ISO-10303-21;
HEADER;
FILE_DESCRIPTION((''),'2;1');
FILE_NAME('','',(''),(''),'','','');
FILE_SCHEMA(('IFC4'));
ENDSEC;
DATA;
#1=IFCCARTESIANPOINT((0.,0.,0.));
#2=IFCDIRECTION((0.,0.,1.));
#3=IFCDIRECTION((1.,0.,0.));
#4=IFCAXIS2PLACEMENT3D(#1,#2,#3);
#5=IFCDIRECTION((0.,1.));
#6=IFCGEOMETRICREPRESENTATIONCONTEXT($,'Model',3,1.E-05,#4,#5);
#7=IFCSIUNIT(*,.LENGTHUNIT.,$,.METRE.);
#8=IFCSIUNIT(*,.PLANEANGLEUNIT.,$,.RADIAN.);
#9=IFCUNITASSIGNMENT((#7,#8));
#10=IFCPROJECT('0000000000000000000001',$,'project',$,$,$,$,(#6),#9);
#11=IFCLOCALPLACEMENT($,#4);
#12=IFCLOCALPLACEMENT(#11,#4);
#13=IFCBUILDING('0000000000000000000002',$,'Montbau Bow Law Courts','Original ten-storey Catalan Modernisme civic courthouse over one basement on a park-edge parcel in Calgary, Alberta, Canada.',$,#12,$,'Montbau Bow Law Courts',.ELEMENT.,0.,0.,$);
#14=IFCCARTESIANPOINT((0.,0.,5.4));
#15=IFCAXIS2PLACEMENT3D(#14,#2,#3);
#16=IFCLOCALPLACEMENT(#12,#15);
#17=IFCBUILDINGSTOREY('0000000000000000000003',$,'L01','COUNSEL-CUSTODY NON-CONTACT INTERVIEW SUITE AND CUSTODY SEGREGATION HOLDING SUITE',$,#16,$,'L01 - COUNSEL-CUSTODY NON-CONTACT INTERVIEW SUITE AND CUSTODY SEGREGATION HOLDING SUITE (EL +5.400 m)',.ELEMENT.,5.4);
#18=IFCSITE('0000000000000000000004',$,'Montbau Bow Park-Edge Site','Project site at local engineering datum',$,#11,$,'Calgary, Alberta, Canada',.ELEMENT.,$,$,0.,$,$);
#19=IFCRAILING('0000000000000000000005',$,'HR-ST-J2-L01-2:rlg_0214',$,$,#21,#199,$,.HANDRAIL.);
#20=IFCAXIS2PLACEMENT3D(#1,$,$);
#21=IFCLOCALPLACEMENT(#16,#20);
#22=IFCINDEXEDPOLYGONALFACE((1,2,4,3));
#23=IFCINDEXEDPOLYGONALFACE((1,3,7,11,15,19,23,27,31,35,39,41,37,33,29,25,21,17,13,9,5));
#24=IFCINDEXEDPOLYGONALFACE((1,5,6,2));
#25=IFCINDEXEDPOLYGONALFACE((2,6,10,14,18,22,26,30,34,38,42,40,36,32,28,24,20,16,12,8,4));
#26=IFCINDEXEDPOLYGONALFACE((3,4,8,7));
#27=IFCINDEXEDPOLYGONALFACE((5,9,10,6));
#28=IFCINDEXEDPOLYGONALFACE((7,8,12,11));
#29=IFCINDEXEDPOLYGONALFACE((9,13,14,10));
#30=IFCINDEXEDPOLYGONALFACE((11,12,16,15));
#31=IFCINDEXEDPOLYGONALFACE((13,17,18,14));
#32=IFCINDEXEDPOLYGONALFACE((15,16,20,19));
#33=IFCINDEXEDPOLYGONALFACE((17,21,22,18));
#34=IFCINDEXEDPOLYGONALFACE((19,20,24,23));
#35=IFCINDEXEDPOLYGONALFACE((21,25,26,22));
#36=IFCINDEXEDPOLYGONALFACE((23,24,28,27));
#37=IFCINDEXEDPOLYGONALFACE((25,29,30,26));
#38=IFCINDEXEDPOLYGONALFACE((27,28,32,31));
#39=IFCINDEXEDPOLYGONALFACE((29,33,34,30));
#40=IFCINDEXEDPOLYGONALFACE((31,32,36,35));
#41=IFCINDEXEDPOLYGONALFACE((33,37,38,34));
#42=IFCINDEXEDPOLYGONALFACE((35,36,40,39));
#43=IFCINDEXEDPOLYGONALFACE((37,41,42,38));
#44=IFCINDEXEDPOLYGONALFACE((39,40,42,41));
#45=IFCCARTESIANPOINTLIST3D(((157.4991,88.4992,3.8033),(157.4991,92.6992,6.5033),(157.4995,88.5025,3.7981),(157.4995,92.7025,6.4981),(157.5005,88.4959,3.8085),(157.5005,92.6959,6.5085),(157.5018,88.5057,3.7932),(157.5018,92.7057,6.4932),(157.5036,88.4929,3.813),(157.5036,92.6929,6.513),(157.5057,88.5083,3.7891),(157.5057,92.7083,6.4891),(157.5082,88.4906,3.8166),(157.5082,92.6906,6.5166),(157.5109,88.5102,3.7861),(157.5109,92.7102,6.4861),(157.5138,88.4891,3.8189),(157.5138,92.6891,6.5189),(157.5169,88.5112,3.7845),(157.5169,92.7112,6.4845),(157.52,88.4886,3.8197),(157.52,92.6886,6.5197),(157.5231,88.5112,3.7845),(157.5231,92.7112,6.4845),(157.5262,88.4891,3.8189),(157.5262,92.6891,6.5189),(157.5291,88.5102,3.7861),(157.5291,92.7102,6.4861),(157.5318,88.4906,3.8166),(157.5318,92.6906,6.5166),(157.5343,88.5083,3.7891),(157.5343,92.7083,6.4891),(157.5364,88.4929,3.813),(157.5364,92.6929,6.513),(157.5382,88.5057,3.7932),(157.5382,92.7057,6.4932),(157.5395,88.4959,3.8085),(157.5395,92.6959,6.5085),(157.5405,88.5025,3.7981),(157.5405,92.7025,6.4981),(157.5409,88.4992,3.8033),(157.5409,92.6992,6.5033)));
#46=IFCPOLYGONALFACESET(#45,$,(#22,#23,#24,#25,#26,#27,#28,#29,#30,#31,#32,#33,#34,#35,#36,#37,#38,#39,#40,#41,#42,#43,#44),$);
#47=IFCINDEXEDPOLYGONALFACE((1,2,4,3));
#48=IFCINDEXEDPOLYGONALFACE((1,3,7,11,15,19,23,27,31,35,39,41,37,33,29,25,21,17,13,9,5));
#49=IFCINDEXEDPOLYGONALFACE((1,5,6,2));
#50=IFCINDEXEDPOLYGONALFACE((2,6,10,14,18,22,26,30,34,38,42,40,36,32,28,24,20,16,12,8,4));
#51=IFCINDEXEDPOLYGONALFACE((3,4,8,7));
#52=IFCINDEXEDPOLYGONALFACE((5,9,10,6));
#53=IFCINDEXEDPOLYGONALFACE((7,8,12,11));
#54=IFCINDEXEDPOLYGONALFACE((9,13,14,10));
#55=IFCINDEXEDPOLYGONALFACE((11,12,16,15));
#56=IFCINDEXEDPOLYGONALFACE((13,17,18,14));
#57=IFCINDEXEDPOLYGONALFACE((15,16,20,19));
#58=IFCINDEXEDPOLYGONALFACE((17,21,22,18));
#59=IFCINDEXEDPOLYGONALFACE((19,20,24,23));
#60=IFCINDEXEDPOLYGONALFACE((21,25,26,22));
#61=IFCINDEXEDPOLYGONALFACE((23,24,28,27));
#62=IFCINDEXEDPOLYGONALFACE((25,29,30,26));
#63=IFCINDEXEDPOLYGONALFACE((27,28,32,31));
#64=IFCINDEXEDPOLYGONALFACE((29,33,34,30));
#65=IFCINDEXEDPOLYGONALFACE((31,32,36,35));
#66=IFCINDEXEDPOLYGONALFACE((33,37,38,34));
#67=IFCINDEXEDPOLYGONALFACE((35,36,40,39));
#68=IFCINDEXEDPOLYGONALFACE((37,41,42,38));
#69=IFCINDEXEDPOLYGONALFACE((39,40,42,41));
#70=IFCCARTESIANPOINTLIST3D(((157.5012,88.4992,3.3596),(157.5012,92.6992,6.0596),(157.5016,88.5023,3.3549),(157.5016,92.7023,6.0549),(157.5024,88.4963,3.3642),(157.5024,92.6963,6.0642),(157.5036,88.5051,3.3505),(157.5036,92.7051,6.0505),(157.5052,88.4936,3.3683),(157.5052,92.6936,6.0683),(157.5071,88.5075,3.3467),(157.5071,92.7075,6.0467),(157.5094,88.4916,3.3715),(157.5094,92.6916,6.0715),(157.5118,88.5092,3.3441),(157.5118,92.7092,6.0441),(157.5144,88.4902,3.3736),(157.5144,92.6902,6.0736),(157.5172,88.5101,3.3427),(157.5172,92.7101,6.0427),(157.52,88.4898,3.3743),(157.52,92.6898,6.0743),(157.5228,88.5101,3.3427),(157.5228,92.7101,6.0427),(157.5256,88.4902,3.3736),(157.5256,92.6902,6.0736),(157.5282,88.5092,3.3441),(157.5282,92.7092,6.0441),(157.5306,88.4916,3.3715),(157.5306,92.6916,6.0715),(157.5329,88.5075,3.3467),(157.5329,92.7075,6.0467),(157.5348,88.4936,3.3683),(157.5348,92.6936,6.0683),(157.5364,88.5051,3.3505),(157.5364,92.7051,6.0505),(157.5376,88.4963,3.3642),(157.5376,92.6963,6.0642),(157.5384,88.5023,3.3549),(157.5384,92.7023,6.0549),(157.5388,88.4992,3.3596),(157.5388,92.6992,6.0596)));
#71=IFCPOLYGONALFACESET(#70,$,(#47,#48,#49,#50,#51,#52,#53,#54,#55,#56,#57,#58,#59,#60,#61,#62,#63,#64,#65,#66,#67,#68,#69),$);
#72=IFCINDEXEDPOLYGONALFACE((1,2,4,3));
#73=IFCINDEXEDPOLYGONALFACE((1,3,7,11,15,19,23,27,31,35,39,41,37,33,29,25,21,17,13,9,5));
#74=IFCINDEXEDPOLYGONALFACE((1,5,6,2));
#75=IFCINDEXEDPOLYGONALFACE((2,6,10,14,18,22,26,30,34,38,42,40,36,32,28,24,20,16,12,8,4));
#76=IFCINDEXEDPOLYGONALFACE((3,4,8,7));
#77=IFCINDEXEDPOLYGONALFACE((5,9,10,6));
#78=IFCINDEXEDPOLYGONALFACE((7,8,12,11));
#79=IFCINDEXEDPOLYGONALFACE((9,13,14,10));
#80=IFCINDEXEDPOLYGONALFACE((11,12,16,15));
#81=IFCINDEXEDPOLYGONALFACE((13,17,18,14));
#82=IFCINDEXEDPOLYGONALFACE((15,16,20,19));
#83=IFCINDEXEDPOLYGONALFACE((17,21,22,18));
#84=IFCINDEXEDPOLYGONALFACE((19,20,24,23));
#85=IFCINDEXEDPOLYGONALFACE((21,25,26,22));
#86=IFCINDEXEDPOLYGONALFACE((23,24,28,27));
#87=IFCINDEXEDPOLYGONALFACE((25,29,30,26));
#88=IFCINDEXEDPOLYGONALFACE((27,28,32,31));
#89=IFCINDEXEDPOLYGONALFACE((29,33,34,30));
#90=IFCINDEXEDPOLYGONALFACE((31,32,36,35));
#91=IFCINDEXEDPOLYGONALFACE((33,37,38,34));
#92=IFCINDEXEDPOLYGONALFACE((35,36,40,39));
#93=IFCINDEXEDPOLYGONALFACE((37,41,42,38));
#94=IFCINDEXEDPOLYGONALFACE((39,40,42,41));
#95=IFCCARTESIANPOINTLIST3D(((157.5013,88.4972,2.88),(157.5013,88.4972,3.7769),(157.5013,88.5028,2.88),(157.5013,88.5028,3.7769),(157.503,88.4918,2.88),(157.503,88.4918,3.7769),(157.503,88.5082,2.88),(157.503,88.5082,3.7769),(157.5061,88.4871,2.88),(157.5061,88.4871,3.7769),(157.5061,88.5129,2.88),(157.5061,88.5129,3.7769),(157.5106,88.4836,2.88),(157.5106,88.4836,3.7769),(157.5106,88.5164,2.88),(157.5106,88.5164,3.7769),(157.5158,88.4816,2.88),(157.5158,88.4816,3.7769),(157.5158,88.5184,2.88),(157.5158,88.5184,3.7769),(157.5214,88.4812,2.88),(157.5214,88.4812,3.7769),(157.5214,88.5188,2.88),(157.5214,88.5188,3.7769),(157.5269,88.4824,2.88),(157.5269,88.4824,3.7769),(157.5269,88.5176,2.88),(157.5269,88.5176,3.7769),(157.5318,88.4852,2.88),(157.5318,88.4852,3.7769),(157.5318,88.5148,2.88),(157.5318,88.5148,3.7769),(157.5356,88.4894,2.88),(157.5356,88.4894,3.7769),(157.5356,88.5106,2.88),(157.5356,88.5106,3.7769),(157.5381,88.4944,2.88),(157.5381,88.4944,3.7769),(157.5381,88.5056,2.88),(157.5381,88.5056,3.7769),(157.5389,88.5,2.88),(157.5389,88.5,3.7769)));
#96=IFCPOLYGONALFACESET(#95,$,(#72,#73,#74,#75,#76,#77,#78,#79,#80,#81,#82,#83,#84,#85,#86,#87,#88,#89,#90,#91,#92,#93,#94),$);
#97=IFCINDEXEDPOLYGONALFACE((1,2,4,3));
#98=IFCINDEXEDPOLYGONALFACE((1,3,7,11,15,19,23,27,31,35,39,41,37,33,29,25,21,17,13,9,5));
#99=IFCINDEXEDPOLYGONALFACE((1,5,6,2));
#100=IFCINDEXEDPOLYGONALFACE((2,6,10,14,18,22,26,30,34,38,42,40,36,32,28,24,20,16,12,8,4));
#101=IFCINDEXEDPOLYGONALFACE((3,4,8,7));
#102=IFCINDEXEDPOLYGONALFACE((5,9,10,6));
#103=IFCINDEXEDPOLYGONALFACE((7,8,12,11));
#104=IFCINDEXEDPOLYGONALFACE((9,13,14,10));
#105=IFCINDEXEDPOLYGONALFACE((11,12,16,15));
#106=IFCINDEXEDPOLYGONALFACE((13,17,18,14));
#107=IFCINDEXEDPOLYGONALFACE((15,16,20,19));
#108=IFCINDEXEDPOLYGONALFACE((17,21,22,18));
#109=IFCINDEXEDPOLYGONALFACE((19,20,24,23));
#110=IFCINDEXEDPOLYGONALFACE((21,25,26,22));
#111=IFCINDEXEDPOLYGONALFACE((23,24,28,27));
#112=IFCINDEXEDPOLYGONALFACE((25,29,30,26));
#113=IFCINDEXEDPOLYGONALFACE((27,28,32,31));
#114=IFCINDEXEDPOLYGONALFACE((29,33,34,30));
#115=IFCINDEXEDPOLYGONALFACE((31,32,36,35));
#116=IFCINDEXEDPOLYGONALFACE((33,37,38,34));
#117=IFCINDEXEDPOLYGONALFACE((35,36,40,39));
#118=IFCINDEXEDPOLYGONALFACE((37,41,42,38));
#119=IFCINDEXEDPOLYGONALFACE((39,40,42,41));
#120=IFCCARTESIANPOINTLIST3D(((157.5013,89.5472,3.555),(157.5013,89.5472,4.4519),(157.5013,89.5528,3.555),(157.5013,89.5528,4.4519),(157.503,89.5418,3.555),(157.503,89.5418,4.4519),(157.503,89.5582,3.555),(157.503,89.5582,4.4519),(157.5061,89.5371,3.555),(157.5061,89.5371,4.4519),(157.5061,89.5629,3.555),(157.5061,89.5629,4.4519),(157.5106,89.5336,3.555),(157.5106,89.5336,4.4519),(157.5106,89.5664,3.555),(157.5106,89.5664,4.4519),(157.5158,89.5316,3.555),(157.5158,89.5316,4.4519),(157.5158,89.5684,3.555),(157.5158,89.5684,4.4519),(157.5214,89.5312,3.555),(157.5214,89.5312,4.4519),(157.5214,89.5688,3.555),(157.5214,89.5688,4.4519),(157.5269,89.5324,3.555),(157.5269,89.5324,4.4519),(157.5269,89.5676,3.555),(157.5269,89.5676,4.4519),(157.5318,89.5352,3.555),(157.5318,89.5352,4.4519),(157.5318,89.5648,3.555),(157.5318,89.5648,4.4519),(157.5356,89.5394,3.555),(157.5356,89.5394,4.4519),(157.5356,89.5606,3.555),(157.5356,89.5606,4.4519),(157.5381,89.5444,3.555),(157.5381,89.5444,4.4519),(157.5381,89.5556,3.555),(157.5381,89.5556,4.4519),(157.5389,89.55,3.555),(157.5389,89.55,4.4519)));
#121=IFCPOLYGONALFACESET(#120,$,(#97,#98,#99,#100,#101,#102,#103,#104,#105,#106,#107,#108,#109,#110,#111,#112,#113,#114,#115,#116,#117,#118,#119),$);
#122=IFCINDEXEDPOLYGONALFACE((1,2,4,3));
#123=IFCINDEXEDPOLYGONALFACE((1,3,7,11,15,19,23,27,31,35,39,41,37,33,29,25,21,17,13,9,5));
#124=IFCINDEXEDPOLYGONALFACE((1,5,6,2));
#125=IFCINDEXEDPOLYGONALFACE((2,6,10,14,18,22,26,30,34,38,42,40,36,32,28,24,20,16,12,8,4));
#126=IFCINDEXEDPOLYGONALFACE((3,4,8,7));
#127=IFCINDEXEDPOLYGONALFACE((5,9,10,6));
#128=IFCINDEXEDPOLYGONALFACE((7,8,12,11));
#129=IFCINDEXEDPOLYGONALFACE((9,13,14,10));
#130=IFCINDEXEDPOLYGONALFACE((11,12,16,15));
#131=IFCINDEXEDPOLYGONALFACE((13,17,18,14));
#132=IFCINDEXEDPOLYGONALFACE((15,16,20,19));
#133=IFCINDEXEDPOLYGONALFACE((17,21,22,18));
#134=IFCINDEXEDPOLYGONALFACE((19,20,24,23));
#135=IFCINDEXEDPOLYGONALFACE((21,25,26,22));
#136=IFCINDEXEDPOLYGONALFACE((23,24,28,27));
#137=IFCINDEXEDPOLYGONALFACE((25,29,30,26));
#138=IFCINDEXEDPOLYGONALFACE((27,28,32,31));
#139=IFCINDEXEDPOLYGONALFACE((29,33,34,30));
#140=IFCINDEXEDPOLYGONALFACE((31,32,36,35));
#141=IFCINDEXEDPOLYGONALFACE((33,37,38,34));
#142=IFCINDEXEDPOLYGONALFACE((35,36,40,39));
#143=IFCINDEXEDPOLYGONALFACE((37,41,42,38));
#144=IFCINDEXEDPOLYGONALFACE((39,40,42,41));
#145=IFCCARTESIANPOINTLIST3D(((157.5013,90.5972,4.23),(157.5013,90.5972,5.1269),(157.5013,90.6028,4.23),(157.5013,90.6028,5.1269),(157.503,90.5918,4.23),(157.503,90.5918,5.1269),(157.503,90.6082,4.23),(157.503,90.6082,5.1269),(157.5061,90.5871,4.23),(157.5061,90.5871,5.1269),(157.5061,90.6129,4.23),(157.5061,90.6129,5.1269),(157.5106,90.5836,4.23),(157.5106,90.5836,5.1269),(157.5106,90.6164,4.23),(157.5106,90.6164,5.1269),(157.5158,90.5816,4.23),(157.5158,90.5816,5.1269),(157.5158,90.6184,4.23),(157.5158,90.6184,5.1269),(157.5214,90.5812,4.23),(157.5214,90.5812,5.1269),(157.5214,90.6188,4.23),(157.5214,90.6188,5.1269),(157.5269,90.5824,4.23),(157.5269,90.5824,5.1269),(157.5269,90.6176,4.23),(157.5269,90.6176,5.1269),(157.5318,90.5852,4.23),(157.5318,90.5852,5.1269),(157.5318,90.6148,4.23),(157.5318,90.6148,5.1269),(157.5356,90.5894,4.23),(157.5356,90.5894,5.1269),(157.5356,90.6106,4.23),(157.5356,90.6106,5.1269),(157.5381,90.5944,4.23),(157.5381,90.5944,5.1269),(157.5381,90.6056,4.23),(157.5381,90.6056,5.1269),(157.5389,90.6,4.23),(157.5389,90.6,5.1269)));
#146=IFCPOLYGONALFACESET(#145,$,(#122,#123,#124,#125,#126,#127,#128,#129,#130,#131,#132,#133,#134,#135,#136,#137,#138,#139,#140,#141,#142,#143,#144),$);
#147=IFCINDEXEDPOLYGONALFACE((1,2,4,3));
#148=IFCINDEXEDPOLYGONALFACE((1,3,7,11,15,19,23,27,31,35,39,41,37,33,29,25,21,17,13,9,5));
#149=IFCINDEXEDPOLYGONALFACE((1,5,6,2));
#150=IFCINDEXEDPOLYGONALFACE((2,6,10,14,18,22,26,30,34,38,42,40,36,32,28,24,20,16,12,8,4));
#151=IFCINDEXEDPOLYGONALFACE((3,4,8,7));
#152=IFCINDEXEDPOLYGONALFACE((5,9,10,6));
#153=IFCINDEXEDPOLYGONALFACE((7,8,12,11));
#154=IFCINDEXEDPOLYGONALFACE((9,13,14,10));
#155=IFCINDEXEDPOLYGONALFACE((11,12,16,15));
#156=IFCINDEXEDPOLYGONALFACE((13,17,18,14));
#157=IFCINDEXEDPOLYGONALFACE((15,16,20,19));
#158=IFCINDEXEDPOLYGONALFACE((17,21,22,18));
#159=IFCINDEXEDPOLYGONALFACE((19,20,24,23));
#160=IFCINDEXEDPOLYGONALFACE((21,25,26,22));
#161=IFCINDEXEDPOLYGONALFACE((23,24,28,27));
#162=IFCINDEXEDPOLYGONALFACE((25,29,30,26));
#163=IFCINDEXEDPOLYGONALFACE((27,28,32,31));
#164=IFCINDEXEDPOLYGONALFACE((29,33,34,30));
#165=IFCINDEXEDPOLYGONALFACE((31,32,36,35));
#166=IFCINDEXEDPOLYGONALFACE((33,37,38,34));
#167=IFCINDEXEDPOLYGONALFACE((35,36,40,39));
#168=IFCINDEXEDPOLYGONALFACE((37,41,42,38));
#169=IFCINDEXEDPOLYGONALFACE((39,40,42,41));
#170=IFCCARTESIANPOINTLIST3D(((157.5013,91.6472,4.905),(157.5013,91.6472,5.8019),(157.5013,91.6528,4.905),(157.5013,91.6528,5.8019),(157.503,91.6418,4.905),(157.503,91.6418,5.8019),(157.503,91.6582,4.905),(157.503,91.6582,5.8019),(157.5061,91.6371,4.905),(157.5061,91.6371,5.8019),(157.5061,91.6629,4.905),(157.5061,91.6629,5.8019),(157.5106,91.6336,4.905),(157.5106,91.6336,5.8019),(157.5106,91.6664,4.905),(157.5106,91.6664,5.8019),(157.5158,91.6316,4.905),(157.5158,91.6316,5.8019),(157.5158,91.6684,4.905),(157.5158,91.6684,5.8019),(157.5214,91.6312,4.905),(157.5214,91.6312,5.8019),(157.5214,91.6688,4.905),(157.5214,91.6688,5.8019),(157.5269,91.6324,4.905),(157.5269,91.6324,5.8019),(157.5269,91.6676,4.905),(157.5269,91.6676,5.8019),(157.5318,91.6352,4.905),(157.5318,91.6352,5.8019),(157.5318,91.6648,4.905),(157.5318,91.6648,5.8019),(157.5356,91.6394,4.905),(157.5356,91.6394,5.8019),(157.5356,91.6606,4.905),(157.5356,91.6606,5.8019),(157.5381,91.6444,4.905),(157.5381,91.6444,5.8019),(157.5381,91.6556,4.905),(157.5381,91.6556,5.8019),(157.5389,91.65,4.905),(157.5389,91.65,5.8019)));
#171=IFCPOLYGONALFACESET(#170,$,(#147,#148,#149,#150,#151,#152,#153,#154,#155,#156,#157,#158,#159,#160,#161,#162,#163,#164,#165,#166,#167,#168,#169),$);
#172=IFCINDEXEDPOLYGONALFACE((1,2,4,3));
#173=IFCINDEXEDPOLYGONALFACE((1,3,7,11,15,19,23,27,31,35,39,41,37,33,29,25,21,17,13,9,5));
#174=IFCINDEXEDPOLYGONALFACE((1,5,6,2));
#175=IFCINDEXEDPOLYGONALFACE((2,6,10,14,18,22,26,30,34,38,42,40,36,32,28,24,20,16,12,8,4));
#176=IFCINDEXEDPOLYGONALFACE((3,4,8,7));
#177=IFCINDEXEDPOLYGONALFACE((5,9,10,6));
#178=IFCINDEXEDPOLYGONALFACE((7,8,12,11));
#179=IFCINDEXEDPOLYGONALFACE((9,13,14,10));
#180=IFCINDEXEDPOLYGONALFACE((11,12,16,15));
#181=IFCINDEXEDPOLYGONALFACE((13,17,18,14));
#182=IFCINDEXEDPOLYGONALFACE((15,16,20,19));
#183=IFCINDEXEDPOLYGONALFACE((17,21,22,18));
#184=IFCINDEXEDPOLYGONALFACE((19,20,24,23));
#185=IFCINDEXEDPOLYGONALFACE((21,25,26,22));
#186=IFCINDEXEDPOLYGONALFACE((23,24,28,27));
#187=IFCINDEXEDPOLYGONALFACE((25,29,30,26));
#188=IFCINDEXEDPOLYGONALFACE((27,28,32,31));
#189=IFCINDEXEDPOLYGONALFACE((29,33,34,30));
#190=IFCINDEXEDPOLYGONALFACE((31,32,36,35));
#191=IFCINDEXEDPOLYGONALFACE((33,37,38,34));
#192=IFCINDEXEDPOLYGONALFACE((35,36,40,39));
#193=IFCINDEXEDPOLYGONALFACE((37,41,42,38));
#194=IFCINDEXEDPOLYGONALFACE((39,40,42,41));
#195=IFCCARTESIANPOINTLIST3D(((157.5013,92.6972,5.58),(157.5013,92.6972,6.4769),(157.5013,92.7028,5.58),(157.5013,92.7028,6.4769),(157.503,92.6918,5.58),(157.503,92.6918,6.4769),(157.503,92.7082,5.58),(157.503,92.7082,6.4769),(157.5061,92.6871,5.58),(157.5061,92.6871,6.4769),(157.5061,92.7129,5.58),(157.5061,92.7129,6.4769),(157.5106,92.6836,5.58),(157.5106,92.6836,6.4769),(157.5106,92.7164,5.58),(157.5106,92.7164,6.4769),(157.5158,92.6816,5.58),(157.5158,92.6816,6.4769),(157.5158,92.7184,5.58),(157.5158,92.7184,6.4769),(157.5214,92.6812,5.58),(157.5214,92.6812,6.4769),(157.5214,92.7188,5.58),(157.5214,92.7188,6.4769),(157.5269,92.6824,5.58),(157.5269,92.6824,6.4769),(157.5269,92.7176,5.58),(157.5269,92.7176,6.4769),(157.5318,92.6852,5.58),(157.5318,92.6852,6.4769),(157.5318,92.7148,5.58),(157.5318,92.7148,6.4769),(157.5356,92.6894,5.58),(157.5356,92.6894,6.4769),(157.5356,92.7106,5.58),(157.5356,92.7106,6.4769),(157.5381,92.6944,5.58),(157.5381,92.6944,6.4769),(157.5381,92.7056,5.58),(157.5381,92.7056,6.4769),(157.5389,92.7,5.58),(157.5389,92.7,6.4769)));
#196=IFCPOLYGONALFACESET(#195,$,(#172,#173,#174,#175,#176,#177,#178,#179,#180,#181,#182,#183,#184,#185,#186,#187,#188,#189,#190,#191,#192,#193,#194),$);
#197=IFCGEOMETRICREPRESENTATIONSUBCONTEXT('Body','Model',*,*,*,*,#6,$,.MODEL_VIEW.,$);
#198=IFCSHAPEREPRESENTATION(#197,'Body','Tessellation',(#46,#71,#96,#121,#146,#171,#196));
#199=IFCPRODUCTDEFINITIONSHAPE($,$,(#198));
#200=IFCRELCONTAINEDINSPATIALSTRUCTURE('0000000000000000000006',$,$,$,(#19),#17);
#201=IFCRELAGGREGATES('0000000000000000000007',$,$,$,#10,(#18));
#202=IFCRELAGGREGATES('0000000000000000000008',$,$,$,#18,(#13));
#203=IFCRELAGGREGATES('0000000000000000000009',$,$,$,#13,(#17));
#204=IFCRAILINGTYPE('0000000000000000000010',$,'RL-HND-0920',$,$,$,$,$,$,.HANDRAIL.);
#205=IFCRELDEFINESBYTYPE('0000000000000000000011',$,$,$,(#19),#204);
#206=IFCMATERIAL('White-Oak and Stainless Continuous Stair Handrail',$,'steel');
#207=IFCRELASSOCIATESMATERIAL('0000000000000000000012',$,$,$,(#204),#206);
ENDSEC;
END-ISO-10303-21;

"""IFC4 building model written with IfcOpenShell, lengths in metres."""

from ifc_helpers import new_model, si_unit, direction, frame, origin_with_axes, origin_2d_with_axis, place, context, subcontext, project, spatial, circle, extrude, material, type_object, element, save


model = new_model("IFC4")

# Units and contexts
model_context = context("Model", 3, precision=1e-05, world=origin_with_axes(), true_north=direction((0.0, 1.0)))
body_context = subcontext(model_context, "Body", "Model", "MODEL_VIEW")
ifc_project = project(units=[si_unit("LENGTHUNIT", "METRE"), si_unit("PLANEANGLEUNIT", "RADIAN")], contexts=[model_context])

# Site, building, storey
site_placement = place(None, origin_with_axes())
site = spatial("IfcSite", under=ifc_project, at=site_placement, Name="Montbau Bow Park-Edge Site", Description="Project site at local engineering datum", LongName="Calgary, Alberta, Canada", CompositionType="ELEMENT", RefElevation=0.0)
building_placement = place(site_placement, origin_with_axes())
building = spatial("IfcBuilding", under=site, at=building_placement, Name="Montbau Bow Law Courts", Description="Original ten-storey Catalan Modernisme civic courthouse over one basement on a park-edge parcel in Calgary, Alberta, Canada.", LongName="Montbau Bow Law Courts", CompositionType="ELEMENT", ElevationOfRefHeight=0.0, ElevationOfTerrain=0.0)
storey_placement = place(building_placement, frame((0.0, 0.0, 5.4), z_axis=(0.0, 0.0, 1.0), x_axis=(1.0, 0.0, 0.0)))
storey = spatial("IfcBuildingStorey", under=building, at=storey_placement, Name="L01", Description="COUNSEL-CUSTODY NON-CONTACT INTERVIEW SUITE AND CUSTODY SEGREGATION HOLDING SUITE", LongName="L01 - COUNSEL-CUSTODY NON-CONTACT INTERVIEW SUITE AND CUSTODY SEGREGATION HOLDING SUITE (EL +5.400 m)", CompositionType="ELEMENT", Elevation=5.4)

# Railing
ifc_material_1 = material(Name="White-Oak and Stainless Continuous Stair Handrail", Category="steel")
railing_type_1 = type_object("IfcRailingType", Name="RL-HND-0920", PredefinedType="HANDRAIL", material=ifc_material_1)
railing_1_placement = place(None, origin_with_axes())
element("IfcRailing", 1, at=railing_1_placement, inside=storey, type_object=railing_type_1, Name="HR-ST-J2-L01-2:rlg_0214", PredefinedType="HANDRAIL", context=body_context, shape_type="SweptSolid", body=[
    extrude(circle(Radius=0.021, at=origin_2d_with_axis()), frame((157.52, 88.5, 9.202), z_axis=(0.0, 0.841178, 0.540758), x_axis=(0.0, -0.540758, 0.841178)), (0.0, 0.0, 1.0), 4.993),
    extrude(circle(Radius=0.0189, at=origin_2d_with_axis()), frame((157.52, 88.5, 8.7584), z_axis=(0.0, 0.841178, 0.540758), x_axis=(0.0, -0.540758, 0.841178)), (0.0, 0.0, 1.0), 4.993),
    extrude(circle(Radius=0.0189, at=origin_2d_with_axis()), frame((157.52, 88.5, 8.28), z_axis=(0.0, 0.0, 1.0), x_axis=(1.0, 0.0, 0.0)), (0.0, 0.0, 1.0), 0.8969),
    extrude(circle(Radius=0.0189, at=origin_2d_with_axis()), frame((157.52, 89.55, 8.955), z_axis=(0.0, 0.0, 1.0), x_axis=(1.0, 0.0, 0.0)), (0.0, 0.0, 1.0), 0.8969),
    extrude(circle(Radius=0.0189, at=origin_2d_with_axis()), frame((157.52, 90.6, 9.63), z_axis=(0.0, 0.0, 1.0), x_axis=(1.0, 0.0, 0.0)), (0.0, 0.0, 1.0), 0.8969),
    extrude(circle(Radius=0.0189, at=origin_2d_with_axis()), frame((157.52, 91.65, 10.305), z_axis=(0.0, 0.0, 1.0), x_axis=(1.0, 0.0, 0.0)), (0.0, 0.0, 1.0), 0.8969),
    extrude(circle(Radius=0.0189, at=origin_2d_with_axis()), frame((157.52, 92.7, 10.98), z_axis=(0.0, 0.0, 1.0), x_axis=(1.0, 0.0, 0.0)), (0.0, 0.0, 1.0), 0.8969),
])

save(model, "model.ifc")
